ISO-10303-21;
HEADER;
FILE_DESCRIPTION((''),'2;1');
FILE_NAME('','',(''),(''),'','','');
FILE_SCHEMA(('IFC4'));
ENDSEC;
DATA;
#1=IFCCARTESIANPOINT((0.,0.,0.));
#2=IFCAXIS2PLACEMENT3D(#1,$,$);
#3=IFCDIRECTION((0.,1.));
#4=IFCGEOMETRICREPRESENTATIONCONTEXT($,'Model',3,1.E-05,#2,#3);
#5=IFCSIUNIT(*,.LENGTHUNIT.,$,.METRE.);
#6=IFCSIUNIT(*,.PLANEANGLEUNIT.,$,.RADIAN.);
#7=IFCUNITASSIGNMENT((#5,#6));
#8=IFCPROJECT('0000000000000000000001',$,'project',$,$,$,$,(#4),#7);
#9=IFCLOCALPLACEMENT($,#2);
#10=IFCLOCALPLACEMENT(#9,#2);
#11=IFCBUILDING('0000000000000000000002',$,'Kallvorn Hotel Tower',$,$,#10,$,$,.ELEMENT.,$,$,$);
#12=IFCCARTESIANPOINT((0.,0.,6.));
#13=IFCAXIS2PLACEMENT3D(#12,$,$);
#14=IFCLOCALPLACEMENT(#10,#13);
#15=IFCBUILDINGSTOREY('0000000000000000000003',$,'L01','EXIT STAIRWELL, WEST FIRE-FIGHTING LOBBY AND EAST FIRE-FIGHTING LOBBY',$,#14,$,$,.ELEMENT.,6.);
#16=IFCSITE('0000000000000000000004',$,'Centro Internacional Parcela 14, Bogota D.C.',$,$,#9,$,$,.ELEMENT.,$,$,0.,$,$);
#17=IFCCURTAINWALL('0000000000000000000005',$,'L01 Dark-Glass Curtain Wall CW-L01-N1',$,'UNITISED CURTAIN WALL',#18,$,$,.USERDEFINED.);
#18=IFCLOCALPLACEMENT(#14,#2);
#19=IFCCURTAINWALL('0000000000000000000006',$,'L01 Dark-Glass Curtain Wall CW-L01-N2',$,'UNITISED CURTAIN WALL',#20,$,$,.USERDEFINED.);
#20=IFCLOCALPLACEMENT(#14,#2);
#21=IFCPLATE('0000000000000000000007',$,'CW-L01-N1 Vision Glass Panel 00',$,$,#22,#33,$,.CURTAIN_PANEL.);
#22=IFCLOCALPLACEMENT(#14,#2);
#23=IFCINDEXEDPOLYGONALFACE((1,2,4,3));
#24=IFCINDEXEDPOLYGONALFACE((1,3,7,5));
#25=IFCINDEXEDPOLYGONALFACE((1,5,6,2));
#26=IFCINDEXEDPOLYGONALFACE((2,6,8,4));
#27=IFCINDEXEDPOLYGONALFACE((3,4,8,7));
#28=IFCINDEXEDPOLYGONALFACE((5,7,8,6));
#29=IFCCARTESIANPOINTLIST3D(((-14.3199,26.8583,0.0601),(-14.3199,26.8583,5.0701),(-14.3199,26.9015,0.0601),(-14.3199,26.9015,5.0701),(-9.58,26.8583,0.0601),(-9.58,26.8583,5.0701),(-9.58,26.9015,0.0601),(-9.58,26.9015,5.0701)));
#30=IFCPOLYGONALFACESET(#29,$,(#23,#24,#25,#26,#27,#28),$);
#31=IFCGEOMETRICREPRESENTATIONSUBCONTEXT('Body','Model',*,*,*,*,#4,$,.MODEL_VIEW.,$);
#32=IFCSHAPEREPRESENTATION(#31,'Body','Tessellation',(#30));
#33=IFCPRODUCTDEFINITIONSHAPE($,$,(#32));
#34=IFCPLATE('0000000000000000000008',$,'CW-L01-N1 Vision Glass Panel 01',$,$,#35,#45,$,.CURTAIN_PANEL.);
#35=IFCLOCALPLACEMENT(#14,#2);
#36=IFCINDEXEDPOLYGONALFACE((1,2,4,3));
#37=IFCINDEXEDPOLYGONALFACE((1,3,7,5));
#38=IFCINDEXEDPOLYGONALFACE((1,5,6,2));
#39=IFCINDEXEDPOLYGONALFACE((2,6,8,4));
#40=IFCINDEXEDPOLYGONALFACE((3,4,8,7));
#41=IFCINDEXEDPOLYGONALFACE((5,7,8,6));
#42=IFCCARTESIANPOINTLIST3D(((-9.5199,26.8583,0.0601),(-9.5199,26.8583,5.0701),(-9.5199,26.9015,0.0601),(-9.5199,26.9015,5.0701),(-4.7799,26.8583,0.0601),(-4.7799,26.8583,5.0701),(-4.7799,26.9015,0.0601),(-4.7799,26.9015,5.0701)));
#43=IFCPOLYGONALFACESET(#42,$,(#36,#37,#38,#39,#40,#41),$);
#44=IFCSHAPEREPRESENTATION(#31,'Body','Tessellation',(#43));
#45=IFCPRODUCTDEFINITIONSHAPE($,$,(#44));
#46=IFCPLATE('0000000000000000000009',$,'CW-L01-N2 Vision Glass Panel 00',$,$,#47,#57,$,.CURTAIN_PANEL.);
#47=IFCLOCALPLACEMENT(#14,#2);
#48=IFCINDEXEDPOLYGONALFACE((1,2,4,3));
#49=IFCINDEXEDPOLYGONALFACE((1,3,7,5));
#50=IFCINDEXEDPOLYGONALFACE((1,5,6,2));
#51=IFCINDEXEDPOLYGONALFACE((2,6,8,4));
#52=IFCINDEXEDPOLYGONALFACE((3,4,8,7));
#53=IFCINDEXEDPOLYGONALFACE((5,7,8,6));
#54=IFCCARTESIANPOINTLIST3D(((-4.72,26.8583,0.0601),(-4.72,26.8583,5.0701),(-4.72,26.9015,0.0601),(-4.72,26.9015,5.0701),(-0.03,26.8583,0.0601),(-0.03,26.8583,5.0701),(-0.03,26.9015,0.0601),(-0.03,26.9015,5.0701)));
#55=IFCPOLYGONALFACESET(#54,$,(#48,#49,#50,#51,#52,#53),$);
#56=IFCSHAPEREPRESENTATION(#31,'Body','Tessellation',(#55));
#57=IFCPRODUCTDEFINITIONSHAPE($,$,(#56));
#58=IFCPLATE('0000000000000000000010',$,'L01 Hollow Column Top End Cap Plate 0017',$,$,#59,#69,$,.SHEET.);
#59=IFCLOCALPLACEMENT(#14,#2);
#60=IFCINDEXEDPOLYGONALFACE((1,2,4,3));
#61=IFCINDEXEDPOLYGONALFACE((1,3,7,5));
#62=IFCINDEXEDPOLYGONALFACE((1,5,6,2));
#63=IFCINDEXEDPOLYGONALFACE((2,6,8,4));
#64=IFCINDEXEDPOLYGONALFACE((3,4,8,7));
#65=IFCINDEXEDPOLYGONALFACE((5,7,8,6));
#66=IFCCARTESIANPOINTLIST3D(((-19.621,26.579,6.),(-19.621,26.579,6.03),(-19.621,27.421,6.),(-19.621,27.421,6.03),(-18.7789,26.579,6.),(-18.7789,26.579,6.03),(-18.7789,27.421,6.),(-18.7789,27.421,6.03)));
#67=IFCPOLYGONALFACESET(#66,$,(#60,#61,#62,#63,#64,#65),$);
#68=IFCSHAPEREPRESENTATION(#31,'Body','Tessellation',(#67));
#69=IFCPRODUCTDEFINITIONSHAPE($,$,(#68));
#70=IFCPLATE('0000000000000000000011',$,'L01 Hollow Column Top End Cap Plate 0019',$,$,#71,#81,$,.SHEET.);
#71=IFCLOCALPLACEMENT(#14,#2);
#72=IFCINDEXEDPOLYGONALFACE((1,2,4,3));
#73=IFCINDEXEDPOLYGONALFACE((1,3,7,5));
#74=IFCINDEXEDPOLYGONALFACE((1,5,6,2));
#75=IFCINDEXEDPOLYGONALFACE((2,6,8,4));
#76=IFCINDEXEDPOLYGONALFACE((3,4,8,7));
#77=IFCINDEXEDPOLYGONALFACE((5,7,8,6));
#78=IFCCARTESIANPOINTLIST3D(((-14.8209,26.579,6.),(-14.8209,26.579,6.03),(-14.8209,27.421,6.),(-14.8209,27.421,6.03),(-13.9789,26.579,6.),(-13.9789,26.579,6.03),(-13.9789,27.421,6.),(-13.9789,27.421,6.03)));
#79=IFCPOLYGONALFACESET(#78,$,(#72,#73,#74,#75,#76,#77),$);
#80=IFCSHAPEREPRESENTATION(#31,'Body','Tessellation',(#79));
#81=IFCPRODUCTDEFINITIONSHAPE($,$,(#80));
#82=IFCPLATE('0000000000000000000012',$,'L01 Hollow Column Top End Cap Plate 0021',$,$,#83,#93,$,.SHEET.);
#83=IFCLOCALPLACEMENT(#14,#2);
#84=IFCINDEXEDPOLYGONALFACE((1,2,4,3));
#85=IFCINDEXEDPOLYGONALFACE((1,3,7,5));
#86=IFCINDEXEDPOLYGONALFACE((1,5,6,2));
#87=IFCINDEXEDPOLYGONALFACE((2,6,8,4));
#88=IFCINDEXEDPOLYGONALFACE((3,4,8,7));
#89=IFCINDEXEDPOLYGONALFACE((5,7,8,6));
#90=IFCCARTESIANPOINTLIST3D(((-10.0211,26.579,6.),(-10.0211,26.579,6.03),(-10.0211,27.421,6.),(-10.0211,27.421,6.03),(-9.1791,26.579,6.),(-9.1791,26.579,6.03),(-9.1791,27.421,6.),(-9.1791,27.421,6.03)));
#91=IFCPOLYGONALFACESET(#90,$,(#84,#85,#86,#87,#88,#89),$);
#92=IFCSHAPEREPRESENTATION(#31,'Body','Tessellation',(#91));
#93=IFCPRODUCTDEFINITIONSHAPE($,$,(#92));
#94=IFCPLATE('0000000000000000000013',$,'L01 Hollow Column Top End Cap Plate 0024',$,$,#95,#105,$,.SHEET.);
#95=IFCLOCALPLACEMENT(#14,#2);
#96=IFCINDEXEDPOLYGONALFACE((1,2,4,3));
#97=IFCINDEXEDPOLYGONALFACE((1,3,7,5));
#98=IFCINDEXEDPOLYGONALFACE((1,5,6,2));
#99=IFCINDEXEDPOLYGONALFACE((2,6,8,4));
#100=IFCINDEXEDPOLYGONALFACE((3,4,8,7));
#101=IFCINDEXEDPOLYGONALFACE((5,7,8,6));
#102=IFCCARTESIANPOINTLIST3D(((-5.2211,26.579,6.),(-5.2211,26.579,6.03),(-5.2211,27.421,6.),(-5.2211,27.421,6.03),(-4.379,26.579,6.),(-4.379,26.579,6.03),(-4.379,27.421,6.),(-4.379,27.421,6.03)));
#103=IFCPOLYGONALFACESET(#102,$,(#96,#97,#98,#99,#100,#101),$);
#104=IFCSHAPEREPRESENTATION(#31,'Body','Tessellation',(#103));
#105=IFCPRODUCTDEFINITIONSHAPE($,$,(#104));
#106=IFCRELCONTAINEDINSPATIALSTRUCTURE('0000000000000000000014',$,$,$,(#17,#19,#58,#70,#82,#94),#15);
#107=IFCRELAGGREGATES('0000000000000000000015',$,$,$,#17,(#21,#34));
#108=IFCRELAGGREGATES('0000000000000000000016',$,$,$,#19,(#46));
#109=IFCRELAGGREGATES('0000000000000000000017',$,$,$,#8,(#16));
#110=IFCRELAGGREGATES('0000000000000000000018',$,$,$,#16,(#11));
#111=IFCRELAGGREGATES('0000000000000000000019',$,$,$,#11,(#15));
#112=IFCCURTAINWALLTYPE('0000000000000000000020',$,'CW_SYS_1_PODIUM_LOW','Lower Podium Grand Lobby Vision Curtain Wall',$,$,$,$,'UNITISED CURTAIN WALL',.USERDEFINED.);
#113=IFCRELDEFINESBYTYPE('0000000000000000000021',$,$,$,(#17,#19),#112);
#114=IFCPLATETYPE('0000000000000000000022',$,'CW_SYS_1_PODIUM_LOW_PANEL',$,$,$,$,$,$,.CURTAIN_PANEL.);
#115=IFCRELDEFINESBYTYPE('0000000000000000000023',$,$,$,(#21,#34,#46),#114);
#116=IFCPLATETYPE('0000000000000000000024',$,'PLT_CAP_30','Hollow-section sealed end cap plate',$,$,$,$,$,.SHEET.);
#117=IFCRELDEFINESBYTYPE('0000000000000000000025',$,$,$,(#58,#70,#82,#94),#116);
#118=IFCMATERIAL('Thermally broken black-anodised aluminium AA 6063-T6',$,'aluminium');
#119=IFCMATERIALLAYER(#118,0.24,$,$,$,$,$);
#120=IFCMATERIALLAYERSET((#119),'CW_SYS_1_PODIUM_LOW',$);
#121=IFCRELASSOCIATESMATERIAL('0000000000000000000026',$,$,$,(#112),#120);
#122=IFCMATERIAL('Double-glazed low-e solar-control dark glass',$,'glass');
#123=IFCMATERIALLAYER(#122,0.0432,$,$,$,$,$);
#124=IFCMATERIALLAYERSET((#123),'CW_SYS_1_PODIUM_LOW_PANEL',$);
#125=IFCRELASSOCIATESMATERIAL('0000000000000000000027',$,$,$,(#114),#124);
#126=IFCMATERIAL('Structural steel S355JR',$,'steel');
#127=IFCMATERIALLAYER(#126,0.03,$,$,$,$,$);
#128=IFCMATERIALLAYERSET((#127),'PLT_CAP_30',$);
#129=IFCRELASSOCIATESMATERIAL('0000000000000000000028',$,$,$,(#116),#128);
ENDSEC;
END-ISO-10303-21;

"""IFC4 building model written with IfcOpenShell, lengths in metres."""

from ifc_helpers import new_model, si_unit, direction, frame, origin, origin_2d, place, context, subcontext, project, spatial, rectangle, extrude, material, layer, layer_set, type_object, element, aggregate, save


model = new_model("IFC4")

# Units and contexts
model_context = context("Model", 3, precision=1e-05, world=origin(), true_north=direction((0.0, 1.0)))
body_context = subcontext(model_context, "Body", "Model", "MODEL_VIEW")
ifc_project = project(units=[si_unit("LENGTHUNIT", "METRE"), si_unit("PLANEANGLEUNIT", "RADIAN")], contexts=[model_context])

# Site, building, storey
site_placement = place(None, origin())
site = spatial("IfcSite", under=ifc_project, at=site_placement, Name="Centro Internacional Parcela 14, Bogota D.C.", CompositionType="ELEMENT", RefElevation=0.0)
building_placement = place(site_placement, origin())
building = spatial("IfcBuilding", under=site, at=building_placement, Name="Kallvorn Hotel Tower", CompositionType="ELEMENT")
storey_placement = place(building_placement, frame((0.0, 0.0, 6.0)))
storey = spatial("IfcBuildingStorey", under=building, at=storey_placement, Name="L01", Description="EXIT STAIRWELL, WEST FIRE-FIGHTING LOBBY AND EAST FIRE-FIGHTING LOBBY", CompositionType="ELEMENT", Elevation=6.0)

# Curtain wall
ifc_material_1 = material(Name="Thermally broken black-anodised aluminium AA 6063-T6", Category="aluminium")
ifc_layer_1 = layer(ifc_material_1, 0.24)
ifc_layer_set_1 = layer_set([ifc_layer_1], Name="CW_SYS_1_PODIUM_LOW")
curtain_wall_type = type_object("IfcCurtainWallType", Name="CW_SYS_1_PODIUM_LOW", Description="Lower Podium Grand Lobby Vision Curtain Wall", ElementType="UNITISED CURTAIN WALL", PredefinedType="USERDEFINED", material=ifc_layer_set_1)
curtain_wall_1_placement = place(storey_placement, origin())
curtain_wall_1 = element("IfcCurtainWall", 1, at=curtain_wall_1_placement, inside=storey, type_object=curtain_wall_type, Name="L01 Dark-Glass Curtain Wall CW-L01-N1", ObjectType="UNITISED CURTAIN WALL", PredefinedType="USERDEFINED")

# Curtain wall
curtain_wall_2_placement = place(storey_placement, origin())
curtain_wall_2 = element("IfcCurtainWall", 2, at=curtain_wall_2_placement, inside=storey, type_object=curtain_wall_type, Name="L01 Dark-Glass Curtain Wall CW-L01-N2", ObjectType="UNITISED CURTAIN WALL", PredefinedType="USERDEFINED")

# Plates
ifc_material_2 = material(Name="Double-glazed low-e solar-control dark glass", Category="glass")
ifc_layer_2 = layer(ifc_material_2, 0.0432)
ifc_layer_set_2 = layer_set([ifc_layer_2], Name="CW_SYS_1_PODIUM_LOW_PANEL")
plate_type_1 = type_object("IfcPlateType", Name="CW_SYS_1_PODIUM_LOW_PANEL", PredefinedType="CURTAIN_PANEL", material=ifc_layer_set_2)
plate_1_placement = place(storey_placement, frame((-11.95, 26.8799, 0.0601), z_axis=(0.0, 0.0, 1.0), x_axis=(1.0, 0.0, 0.0)))
plate_1 = element("IfcPlate", 3, at=plate_1_placement, type_object=plate_type_1, Name="CW-L01-N1 Vision Glass Panel 00", PredefinedType="CURTAIN_PANEL", context=body_context, shape_type="SweptSolid", body=[
    extrude(rectangle(XDim=4.74, YDim=0.0432, at=origin_2d()), origin(), (0.0, 0.0, 1.0), 5.01),
])
plate_2_placement = place(storey_placement, frame((-7.1499, 26.8799, 0.0601), z_axis=(0.0, 0.0, 1.0), x_axis=(1.0, 0.0, 0.0)))
plate_2 = element("IfcPlate", 4, at=plate_2_placement, type_object=plate_type_1, Name="CW-L01-N1 Vision Glass Panel 01", PredefinedType="CURTAIN_PANEL", context=body_context, shape_type="SweptSolid", body=[
    extrude(rectangle(XDim=4.74, YDim=0.0432, at=origin_2d()), origin(), (0.0, 0.0, 1.0), 5.01),
])
aggregate(curtain_wall_1, [plate_1, plate_2])
plate_3_placement = place(storey_placement, frame((-2.375, 26.8799, 0.0601), z_axis=(0.0, 0.0, 1.0), x_axis=(1.0, 0.0, 0.0)))
plate_3 = element("IfcPlate", 5, at=plate_3_placement, type_object=plate_type_1, Name="CW-L01-N2 Vision Glass Panel 00", PredefinedType="CURTAIN_PANEL", context=body_context, shape_type="SweptSolid", body=[
    extrude(rectangle(XDim=4.6899, YDim=0.0432, at=origin_2d()), origin(), (0.0, 0.0, 1.0), 5.01),
])
aggregate(curtain_wall_2, [plate_3])

# Plates
ifc_material_3 = material(Name="Structural steel S355JR", Category="steel")
ifc_layer_3 = layer(ifc_material_3, 0.03)
ifc_layer_set_3 = layer_set([ifc_layer_3], Name="PLT_CAP_30")
plate_type_2 = type_object("IfcPlateType", Name="PLT_CAP_30", Description="Hollow-section sealed end cap plate", PredefinedType="SHEET", material=ifc_layer_set_3)
for number, where, z_axis, x_axis, name in (
    (6, (-19.2, 27.0, 6.0), (0.0, 0.0, 1.0), (1.0, 0.0, 0.0), "L01 Hollow Column Top End Cap Plate 0017"),
    (7, (-14.3999, 27.0, 6.0), (0.0, 0.0, 1.0), (1.0, 0.0, 0.0), "L01 Hollow Column Top End Cap Plate 0019"),
    (8, (-9.6001, 27.0, 6.0), (0.0, 0.0, 1.0), (1.0, 0.0, 0.0), "L01 Hollow Column Top End Cap Plate 0021"),
    (9, (-4.8, 27.0, 6.0), (0.0, 0.0, 1.0), (1.0, 0.0, 0.0), "L01 Hollow Column Top End Cap Plate 0024"),
):
    element("IfcPlate", number, at=place(storey_placement, frame(where, z_axis=z_axis, x_axis=x_axis)), inside=storey, type_object=plate_type_2, Name=name, PredefinedType="SHEET", context=body_context, shape_type="SweptSolid", body=[
        extrude(rectangle(XDim=0.842, YDim=0.842, at=origin_2d()), origin(), (0.0, 0.0, 1.0), 0.03),
    ])

save(model, "model.ifc")
